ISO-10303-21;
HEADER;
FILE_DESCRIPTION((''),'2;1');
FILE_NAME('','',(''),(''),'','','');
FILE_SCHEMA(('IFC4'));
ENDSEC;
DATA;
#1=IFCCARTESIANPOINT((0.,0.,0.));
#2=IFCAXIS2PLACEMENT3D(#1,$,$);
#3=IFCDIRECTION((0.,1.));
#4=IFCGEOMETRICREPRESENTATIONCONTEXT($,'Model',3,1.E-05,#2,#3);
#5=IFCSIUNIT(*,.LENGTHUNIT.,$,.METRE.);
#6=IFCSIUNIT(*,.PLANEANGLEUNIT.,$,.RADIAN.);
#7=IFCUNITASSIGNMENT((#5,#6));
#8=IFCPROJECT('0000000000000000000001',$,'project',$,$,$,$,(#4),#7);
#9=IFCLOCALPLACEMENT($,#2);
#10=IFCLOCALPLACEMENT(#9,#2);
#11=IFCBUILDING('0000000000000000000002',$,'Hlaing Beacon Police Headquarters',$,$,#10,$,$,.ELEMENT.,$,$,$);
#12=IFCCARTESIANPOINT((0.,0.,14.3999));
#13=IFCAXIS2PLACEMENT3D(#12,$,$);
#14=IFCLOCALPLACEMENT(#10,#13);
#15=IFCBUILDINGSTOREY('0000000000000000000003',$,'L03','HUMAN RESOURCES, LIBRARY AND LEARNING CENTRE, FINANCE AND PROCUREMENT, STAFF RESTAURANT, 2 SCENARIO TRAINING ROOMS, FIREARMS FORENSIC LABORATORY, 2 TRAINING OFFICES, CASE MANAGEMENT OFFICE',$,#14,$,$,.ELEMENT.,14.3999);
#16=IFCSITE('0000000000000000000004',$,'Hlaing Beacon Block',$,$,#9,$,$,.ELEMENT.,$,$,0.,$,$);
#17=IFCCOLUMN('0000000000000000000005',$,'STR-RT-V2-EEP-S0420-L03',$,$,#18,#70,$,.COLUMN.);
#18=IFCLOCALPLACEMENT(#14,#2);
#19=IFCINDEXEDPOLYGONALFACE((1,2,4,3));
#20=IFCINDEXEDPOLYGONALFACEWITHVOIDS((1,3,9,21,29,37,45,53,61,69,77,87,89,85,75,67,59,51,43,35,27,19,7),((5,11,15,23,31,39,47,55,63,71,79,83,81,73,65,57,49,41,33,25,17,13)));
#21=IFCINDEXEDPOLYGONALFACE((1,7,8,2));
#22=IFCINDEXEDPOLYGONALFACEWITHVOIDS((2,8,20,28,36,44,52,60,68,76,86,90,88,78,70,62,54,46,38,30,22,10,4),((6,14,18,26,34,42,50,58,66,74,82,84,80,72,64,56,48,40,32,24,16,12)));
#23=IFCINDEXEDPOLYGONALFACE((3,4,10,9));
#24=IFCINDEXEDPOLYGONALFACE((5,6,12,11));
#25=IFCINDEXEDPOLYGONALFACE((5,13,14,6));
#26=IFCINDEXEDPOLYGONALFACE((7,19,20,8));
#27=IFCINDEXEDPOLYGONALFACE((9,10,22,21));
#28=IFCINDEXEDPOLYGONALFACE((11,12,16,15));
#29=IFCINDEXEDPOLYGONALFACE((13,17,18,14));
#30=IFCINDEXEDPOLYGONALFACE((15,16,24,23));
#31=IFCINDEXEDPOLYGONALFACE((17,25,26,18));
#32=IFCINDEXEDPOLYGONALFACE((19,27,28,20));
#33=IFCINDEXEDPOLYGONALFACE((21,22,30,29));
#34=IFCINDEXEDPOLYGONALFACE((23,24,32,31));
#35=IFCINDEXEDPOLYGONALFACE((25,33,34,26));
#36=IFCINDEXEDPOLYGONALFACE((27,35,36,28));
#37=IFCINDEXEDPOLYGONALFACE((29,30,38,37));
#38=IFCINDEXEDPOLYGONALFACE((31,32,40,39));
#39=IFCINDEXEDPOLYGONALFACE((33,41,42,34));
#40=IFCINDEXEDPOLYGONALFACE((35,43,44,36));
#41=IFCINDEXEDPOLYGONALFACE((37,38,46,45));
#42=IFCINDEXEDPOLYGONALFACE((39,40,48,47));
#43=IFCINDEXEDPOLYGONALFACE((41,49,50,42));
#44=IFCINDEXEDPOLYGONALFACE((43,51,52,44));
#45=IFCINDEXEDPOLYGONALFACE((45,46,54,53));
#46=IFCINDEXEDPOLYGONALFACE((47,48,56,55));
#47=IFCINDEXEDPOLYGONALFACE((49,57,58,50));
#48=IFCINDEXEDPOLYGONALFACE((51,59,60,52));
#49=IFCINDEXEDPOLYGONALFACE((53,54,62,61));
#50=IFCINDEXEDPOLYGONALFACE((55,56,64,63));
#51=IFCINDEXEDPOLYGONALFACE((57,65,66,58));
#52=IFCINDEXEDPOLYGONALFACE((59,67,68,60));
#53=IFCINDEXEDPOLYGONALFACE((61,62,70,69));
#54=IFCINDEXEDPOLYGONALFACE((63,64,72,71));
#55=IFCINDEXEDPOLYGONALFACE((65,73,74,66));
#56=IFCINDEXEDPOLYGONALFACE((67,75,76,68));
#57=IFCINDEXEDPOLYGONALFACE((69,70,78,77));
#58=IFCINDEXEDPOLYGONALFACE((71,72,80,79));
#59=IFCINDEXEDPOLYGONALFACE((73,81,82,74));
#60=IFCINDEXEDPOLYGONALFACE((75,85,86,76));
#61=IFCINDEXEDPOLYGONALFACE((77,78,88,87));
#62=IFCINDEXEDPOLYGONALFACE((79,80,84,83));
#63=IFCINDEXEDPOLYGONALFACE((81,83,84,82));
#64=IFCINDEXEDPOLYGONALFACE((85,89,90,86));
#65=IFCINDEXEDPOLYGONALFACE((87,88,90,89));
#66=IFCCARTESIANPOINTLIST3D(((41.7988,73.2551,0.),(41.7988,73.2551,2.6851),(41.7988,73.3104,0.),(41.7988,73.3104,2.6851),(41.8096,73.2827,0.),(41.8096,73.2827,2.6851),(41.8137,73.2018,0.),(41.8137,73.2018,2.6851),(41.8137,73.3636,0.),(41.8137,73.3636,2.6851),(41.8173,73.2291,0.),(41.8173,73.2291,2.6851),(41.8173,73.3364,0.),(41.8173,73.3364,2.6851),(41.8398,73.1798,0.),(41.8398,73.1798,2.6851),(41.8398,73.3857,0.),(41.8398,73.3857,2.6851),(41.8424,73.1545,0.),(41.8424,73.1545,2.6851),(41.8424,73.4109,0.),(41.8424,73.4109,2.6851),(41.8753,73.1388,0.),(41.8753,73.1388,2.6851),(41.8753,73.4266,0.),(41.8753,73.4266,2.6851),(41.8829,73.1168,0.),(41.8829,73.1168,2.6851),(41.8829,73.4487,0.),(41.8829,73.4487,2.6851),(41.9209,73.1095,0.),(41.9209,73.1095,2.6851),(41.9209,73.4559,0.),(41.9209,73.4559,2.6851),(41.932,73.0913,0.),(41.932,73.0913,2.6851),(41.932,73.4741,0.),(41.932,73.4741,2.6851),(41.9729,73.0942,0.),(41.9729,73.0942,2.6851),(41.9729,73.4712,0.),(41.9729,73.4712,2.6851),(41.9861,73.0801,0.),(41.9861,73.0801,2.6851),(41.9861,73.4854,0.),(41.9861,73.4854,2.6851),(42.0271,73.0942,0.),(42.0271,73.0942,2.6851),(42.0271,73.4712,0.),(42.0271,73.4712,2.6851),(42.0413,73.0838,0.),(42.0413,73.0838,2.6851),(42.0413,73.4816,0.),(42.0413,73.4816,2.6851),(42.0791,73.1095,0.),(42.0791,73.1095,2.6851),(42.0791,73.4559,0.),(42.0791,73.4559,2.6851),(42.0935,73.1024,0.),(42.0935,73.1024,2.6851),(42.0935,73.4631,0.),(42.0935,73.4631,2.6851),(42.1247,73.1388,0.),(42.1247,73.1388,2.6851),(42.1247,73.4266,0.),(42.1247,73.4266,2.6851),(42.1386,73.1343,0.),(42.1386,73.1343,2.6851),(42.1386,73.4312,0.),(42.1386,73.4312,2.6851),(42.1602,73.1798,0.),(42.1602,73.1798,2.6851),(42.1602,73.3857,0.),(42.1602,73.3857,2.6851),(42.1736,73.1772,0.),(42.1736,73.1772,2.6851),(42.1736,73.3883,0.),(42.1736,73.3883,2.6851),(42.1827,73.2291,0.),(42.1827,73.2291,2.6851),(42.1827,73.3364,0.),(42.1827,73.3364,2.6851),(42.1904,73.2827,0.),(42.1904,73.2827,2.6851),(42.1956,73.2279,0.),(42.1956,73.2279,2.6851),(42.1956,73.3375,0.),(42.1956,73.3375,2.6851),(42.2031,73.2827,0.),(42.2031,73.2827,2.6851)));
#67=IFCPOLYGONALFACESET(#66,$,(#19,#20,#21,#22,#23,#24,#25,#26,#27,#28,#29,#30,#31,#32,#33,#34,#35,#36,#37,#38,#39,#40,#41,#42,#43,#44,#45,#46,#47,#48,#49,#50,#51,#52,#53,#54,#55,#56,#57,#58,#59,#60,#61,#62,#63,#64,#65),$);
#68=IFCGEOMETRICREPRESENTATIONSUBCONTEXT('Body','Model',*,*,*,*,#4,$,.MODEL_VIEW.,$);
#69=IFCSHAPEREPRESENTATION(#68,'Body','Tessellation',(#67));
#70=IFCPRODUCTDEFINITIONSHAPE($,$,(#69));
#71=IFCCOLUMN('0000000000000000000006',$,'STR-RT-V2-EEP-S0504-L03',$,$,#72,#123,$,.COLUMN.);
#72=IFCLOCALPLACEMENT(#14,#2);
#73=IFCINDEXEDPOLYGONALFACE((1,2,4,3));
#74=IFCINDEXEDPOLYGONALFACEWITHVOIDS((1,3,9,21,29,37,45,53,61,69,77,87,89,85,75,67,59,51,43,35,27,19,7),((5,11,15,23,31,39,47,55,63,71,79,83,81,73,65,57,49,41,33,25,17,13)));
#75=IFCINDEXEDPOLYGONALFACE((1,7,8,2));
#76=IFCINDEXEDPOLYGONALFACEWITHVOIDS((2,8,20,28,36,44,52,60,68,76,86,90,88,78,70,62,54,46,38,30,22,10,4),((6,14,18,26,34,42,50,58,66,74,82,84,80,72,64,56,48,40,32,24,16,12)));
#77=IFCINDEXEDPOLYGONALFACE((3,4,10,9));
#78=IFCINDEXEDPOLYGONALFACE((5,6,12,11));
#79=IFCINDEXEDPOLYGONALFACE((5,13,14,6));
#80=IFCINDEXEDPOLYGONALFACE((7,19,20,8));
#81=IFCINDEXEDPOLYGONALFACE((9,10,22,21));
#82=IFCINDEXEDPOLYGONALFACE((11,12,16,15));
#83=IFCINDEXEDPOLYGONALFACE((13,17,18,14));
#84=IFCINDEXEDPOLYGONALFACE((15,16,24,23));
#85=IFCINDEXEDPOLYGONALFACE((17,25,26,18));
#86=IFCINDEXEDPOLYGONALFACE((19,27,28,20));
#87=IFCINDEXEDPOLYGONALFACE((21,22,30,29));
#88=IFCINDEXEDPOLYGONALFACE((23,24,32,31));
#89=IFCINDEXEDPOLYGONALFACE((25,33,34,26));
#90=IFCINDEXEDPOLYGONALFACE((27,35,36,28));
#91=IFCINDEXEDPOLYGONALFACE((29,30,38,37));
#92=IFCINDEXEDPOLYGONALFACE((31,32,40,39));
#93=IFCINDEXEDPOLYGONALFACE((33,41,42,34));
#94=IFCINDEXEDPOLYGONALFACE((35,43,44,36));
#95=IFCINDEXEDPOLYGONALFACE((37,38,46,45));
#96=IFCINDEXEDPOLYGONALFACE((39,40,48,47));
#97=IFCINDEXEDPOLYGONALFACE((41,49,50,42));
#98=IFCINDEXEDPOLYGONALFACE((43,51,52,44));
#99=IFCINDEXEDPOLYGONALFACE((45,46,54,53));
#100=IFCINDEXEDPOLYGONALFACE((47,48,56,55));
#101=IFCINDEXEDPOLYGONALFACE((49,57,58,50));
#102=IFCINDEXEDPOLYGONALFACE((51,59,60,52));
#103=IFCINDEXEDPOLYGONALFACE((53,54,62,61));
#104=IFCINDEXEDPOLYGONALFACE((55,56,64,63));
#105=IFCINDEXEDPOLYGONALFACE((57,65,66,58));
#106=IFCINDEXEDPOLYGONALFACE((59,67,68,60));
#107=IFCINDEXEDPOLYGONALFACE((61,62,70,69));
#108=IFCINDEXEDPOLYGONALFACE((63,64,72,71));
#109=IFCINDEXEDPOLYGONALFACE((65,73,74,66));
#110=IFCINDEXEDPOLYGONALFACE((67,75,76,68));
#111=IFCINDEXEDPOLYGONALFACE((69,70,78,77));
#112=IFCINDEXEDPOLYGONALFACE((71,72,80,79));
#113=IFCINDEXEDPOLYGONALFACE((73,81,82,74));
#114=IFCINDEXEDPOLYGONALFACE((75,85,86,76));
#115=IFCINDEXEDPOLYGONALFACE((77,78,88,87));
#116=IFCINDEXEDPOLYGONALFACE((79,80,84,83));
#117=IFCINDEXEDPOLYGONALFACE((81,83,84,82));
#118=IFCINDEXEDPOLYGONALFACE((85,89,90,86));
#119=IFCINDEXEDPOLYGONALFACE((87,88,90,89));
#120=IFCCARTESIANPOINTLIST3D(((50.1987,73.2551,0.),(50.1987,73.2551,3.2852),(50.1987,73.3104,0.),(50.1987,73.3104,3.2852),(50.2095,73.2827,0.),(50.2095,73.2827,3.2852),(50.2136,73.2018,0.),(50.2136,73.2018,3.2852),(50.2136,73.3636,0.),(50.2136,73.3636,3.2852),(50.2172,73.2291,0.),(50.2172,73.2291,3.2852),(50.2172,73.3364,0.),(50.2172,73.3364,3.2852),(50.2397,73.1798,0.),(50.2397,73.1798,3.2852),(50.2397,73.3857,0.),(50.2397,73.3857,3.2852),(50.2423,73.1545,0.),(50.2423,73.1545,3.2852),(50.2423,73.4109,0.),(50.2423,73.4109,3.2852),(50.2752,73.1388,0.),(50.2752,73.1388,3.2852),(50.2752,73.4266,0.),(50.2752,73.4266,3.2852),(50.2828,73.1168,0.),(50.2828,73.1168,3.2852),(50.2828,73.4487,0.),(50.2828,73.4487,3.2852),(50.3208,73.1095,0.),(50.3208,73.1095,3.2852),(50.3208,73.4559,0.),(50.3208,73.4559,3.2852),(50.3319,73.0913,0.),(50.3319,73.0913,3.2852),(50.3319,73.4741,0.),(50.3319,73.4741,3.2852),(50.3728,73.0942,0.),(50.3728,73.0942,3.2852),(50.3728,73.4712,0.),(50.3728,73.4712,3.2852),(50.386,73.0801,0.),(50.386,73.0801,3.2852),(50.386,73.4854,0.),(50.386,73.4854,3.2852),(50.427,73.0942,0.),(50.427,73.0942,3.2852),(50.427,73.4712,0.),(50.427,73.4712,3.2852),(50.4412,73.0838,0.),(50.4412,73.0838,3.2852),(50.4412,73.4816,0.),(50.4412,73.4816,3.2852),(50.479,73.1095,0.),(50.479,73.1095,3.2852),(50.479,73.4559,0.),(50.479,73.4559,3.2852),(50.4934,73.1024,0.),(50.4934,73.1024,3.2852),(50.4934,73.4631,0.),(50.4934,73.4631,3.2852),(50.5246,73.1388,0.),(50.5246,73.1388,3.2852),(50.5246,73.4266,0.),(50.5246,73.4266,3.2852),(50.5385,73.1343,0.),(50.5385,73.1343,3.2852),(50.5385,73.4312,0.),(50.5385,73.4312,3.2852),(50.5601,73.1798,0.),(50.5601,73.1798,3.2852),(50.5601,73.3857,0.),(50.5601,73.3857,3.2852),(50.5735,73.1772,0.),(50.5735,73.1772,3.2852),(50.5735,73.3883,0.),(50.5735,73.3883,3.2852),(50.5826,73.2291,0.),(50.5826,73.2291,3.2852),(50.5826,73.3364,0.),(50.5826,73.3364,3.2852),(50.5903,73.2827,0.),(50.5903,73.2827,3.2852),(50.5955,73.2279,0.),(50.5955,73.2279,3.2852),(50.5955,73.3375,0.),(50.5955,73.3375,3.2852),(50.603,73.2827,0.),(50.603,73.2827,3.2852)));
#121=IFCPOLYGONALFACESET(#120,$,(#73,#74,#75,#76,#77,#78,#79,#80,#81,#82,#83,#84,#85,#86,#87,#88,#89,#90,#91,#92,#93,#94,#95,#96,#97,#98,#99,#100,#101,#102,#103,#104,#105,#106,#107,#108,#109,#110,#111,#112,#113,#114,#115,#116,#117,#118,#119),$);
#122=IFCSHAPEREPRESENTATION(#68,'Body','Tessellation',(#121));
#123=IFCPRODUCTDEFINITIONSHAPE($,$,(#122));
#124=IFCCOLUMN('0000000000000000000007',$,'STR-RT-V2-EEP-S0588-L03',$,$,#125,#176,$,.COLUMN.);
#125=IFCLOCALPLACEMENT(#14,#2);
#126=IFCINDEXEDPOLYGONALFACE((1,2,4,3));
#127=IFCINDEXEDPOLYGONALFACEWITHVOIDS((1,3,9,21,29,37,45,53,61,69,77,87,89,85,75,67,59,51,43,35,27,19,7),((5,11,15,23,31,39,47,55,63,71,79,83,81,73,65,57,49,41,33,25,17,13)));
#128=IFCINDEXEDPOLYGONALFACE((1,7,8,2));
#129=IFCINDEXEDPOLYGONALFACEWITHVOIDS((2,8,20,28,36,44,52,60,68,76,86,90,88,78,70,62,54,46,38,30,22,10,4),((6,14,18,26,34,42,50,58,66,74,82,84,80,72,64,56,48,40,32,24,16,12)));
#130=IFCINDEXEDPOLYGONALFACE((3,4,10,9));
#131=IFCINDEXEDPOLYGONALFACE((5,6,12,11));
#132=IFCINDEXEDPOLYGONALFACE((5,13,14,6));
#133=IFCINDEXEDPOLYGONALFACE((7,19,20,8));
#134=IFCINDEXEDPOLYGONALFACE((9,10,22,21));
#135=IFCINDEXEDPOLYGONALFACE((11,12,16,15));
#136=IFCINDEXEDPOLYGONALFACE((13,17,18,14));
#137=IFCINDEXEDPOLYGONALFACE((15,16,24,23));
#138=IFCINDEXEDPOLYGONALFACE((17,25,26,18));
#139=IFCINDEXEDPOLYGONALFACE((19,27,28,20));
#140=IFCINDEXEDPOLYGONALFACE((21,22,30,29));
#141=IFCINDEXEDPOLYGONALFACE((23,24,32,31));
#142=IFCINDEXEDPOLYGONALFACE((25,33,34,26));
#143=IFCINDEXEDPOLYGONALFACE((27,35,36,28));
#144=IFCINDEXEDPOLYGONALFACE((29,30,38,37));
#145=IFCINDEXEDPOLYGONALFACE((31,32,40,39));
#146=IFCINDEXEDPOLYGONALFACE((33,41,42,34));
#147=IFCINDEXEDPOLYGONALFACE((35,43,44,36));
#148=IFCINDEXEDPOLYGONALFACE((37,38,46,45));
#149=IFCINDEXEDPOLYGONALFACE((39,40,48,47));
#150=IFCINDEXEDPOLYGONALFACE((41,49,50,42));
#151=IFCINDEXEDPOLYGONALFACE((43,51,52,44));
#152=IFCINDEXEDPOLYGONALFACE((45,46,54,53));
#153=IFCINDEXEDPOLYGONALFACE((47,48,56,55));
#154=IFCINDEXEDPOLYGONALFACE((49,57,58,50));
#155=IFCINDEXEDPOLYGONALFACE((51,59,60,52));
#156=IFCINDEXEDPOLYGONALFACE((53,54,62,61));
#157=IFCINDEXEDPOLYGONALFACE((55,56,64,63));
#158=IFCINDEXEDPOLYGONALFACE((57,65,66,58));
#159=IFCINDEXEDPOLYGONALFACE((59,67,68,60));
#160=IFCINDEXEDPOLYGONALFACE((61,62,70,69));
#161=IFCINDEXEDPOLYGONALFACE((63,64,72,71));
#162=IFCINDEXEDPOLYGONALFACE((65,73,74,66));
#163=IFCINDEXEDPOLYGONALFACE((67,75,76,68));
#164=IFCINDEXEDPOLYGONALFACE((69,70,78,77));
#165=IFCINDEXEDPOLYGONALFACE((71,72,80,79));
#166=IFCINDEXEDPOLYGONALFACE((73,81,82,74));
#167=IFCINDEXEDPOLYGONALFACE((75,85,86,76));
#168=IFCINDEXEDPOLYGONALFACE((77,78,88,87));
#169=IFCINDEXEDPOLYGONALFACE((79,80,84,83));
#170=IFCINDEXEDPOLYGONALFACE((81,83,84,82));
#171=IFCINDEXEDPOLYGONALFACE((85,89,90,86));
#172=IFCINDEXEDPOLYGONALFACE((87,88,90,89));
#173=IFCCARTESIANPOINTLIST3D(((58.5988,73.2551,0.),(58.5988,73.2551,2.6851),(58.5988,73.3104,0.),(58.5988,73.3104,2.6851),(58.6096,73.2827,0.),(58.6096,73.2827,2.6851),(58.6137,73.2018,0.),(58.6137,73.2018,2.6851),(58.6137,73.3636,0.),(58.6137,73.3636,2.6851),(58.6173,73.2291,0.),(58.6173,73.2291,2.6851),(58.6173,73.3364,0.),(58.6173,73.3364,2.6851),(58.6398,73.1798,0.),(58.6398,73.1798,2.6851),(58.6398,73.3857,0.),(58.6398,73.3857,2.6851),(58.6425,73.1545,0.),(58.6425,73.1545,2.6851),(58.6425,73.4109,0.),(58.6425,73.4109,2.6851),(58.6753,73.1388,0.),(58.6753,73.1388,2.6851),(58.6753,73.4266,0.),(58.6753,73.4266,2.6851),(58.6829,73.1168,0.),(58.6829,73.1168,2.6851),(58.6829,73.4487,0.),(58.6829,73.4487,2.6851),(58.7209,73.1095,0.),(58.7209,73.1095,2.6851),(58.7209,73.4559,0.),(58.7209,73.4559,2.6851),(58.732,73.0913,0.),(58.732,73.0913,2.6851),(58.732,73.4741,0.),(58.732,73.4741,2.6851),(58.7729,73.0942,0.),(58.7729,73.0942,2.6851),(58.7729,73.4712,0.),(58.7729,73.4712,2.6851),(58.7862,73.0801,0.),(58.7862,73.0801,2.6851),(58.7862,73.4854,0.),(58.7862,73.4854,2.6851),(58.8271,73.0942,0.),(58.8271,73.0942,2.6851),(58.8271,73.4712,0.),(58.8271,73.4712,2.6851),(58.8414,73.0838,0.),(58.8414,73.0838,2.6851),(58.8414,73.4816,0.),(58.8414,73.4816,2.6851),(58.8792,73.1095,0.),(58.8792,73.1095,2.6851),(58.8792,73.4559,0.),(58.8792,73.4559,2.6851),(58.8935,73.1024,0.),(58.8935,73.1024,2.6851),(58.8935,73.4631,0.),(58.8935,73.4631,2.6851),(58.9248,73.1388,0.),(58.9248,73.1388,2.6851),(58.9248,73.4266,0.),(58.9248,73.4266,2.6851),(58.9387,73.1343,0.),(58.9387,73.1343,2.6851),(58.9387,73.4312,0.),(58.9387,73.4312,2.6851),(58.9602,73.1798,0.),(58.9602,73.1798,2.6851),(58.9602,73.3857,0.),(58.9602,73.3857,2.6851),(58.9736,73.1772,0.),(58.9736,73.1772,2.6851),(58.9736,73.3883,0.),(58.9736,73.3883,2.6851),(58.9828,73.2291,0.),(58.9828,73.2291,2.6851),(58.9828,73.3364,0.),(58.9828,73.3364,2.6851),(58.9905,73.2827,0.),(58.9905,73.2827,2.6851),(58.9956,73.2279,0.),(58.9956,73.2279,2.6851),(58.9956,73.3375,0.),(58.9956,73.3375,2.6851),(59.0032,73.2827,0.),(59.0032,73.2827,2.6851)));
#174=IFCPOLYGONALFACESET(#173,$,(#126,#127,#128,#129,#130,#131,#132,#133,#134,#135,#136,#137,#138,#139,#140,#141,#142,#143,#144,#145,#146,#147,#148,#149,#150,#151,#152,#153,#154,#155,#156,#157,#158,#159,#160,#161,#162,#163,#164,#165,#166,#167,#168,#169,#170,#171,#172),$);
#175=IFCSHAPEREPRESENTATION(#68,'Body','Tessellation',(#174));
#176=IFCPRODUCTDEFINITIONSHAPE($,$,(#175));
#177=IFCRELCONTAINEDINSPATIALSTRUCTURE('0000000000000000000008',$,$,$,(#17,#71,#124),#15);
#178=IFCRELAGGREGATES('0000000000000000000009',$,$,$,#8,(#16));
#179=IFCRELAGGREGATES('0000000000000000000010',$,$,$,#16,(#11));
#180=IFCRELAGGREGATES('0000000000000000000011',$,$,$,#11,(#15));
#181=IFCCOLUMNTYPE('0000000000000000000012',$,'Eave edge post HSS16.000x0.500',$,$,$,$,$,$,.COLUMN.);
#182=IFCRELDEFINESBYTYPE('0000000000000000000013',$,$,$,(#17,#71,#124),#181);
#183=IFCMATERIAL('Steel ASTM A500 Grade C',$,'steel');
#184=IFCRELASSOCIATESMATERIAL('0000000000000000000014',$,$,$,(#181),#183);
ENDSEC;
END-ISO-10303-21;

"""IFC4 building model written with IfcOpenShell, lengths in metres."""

from ifc_helpers import new_model, si_unit, direction, frame, origin, origin_2d, place, context, subcontext, project, spatial, hollow_circle, extrude, material, material_profile, profile_set, type_object, element, save


model = new_model("IFC4")

# Units and contexts
model_context = context("Model", 3, precision=1e-05, world=origin(), true_north=direction((0.0, 1.0)))
body_context = subcontext(model_context, "Body", "Model", "MODEL_VIEW")
ifc_project = project(units=[si_unit("LENGTHUNIT", "METRE"), si_unit("PLANEANGLEUNIT", "RADIAN")], contexts=[model_context])

# Site, building, storey
site_placement = place(None, origin())
site = spatial("IfcSite", under=ifc_project, at=site_placement, Name="Hlaing Beacon Block", CompositionType="ELEMENT", RefElevation=0.0)
building_placement = place(site_placement, origin())
building = spatial("IfcBuilding", under=site, at=building_placement, Name="Hlaing Beacon Police Headquarters", CompositionType="ELEMENT")
storey_placement = place(building_placement, frame((0.0, 0.0, 14.3999)))
storey = spatial("IfcBuildingStorey", under=building, at=storey_placement, Name="L03", Description="HUMAN RESOURCES, LIBRARY AND LEARNING CENTRE, FINANCE AND PROCUREMENT, STAFF RESTAURANT, 2 SCENARIO TRAINING ROOMS, FIREARMS FORENSIC LABORATORY, 2 TRAINING OFFICES, CASE MANAGEMENT OFFICE", CompositionType="ELEMENT", Elevation=14.3999)

# Columns
ifc_material_1 = material(Name="Steel ASTM A500 Grade C", Category="steel")
ifc_material_profile_1 = material_profile(ifc_material_1, hollow_circle(Radius=0.2031, WallThickness=0.0127, at=origin_2d()), Name="HSS16.000x0.500")
ifc_profile_set_1 = profile_set([ifc_material_profile_1], Name="Steel ASTM A500 Grade C")
column_type_1 = type_object("IfcColumnType", Name="Eave edge post HSS16.000x0.500", PredefinedType="COLUMN", material=ifc_profile_set_1)
column_1_placement = place(storey_placement, frame((42.0, 73.2827, 0.0), z_axis=(0.0, 0.0, 1.0), x_axis=(1.0, 0.0, 0.0)))
element("IfcColumn", 1, at=column_1_placement, inside=storey, type_object=column_type_1, Name="STR-RT-V2-EEP-S0420-L03", PredefinedType="COLUMN", context=body_context, shape_type="SweptSolid", body=[
    extrude(hollow_circle(Radius=0.2031, WallThickness=0.0127, at=origin_2d()), origin(), (0.0, 0.0, 1.0), 2.6851),
])
column_2_placement = place(storey_placement, frame((50.3999, 73.2827, 0.0), z_axis=(0.0, 0.0, 1.0), x_axis=(1.0, 0.0, 0.0)))
element("IfcColumn", 2, at=column_2_placement, inside=storey, type_object=column_type_1, Name="STR-RT-V2-EEP-S0504-L03", PredefinedType="COLUMN", context=body_context, shape_type="SweptSolid", body=[
    extrude(hollow_circle(Radius=0.2031, WallThickness=0.0127, at=origin_2d()), origin(), (0.0, 0.0, 1.0), 3.2852),
])
column_3_placement = place(storey_placement, frame((58.8, 73.2827, 0.0), z_axis=(0.0, 0.0, 1.0), x_axis=(1.0, 0.0, 0.0)))
element("IfcColumn", 3, at=column_3_placement, inside=storey, type_object=column_type_1, Name="STR-RT-V2-EEP-S0588-L03", PredefinedType="COLUMN", context=body_context, shape_type="SweptSolid", body=[
    extrude(hollow_circle(Radius=0.2031, WallThickness=0.0127, at=origin_2d()), origin(), (0.0, 0.0, 1.0), 2.6851),
])

save(model, "model.ifc")
